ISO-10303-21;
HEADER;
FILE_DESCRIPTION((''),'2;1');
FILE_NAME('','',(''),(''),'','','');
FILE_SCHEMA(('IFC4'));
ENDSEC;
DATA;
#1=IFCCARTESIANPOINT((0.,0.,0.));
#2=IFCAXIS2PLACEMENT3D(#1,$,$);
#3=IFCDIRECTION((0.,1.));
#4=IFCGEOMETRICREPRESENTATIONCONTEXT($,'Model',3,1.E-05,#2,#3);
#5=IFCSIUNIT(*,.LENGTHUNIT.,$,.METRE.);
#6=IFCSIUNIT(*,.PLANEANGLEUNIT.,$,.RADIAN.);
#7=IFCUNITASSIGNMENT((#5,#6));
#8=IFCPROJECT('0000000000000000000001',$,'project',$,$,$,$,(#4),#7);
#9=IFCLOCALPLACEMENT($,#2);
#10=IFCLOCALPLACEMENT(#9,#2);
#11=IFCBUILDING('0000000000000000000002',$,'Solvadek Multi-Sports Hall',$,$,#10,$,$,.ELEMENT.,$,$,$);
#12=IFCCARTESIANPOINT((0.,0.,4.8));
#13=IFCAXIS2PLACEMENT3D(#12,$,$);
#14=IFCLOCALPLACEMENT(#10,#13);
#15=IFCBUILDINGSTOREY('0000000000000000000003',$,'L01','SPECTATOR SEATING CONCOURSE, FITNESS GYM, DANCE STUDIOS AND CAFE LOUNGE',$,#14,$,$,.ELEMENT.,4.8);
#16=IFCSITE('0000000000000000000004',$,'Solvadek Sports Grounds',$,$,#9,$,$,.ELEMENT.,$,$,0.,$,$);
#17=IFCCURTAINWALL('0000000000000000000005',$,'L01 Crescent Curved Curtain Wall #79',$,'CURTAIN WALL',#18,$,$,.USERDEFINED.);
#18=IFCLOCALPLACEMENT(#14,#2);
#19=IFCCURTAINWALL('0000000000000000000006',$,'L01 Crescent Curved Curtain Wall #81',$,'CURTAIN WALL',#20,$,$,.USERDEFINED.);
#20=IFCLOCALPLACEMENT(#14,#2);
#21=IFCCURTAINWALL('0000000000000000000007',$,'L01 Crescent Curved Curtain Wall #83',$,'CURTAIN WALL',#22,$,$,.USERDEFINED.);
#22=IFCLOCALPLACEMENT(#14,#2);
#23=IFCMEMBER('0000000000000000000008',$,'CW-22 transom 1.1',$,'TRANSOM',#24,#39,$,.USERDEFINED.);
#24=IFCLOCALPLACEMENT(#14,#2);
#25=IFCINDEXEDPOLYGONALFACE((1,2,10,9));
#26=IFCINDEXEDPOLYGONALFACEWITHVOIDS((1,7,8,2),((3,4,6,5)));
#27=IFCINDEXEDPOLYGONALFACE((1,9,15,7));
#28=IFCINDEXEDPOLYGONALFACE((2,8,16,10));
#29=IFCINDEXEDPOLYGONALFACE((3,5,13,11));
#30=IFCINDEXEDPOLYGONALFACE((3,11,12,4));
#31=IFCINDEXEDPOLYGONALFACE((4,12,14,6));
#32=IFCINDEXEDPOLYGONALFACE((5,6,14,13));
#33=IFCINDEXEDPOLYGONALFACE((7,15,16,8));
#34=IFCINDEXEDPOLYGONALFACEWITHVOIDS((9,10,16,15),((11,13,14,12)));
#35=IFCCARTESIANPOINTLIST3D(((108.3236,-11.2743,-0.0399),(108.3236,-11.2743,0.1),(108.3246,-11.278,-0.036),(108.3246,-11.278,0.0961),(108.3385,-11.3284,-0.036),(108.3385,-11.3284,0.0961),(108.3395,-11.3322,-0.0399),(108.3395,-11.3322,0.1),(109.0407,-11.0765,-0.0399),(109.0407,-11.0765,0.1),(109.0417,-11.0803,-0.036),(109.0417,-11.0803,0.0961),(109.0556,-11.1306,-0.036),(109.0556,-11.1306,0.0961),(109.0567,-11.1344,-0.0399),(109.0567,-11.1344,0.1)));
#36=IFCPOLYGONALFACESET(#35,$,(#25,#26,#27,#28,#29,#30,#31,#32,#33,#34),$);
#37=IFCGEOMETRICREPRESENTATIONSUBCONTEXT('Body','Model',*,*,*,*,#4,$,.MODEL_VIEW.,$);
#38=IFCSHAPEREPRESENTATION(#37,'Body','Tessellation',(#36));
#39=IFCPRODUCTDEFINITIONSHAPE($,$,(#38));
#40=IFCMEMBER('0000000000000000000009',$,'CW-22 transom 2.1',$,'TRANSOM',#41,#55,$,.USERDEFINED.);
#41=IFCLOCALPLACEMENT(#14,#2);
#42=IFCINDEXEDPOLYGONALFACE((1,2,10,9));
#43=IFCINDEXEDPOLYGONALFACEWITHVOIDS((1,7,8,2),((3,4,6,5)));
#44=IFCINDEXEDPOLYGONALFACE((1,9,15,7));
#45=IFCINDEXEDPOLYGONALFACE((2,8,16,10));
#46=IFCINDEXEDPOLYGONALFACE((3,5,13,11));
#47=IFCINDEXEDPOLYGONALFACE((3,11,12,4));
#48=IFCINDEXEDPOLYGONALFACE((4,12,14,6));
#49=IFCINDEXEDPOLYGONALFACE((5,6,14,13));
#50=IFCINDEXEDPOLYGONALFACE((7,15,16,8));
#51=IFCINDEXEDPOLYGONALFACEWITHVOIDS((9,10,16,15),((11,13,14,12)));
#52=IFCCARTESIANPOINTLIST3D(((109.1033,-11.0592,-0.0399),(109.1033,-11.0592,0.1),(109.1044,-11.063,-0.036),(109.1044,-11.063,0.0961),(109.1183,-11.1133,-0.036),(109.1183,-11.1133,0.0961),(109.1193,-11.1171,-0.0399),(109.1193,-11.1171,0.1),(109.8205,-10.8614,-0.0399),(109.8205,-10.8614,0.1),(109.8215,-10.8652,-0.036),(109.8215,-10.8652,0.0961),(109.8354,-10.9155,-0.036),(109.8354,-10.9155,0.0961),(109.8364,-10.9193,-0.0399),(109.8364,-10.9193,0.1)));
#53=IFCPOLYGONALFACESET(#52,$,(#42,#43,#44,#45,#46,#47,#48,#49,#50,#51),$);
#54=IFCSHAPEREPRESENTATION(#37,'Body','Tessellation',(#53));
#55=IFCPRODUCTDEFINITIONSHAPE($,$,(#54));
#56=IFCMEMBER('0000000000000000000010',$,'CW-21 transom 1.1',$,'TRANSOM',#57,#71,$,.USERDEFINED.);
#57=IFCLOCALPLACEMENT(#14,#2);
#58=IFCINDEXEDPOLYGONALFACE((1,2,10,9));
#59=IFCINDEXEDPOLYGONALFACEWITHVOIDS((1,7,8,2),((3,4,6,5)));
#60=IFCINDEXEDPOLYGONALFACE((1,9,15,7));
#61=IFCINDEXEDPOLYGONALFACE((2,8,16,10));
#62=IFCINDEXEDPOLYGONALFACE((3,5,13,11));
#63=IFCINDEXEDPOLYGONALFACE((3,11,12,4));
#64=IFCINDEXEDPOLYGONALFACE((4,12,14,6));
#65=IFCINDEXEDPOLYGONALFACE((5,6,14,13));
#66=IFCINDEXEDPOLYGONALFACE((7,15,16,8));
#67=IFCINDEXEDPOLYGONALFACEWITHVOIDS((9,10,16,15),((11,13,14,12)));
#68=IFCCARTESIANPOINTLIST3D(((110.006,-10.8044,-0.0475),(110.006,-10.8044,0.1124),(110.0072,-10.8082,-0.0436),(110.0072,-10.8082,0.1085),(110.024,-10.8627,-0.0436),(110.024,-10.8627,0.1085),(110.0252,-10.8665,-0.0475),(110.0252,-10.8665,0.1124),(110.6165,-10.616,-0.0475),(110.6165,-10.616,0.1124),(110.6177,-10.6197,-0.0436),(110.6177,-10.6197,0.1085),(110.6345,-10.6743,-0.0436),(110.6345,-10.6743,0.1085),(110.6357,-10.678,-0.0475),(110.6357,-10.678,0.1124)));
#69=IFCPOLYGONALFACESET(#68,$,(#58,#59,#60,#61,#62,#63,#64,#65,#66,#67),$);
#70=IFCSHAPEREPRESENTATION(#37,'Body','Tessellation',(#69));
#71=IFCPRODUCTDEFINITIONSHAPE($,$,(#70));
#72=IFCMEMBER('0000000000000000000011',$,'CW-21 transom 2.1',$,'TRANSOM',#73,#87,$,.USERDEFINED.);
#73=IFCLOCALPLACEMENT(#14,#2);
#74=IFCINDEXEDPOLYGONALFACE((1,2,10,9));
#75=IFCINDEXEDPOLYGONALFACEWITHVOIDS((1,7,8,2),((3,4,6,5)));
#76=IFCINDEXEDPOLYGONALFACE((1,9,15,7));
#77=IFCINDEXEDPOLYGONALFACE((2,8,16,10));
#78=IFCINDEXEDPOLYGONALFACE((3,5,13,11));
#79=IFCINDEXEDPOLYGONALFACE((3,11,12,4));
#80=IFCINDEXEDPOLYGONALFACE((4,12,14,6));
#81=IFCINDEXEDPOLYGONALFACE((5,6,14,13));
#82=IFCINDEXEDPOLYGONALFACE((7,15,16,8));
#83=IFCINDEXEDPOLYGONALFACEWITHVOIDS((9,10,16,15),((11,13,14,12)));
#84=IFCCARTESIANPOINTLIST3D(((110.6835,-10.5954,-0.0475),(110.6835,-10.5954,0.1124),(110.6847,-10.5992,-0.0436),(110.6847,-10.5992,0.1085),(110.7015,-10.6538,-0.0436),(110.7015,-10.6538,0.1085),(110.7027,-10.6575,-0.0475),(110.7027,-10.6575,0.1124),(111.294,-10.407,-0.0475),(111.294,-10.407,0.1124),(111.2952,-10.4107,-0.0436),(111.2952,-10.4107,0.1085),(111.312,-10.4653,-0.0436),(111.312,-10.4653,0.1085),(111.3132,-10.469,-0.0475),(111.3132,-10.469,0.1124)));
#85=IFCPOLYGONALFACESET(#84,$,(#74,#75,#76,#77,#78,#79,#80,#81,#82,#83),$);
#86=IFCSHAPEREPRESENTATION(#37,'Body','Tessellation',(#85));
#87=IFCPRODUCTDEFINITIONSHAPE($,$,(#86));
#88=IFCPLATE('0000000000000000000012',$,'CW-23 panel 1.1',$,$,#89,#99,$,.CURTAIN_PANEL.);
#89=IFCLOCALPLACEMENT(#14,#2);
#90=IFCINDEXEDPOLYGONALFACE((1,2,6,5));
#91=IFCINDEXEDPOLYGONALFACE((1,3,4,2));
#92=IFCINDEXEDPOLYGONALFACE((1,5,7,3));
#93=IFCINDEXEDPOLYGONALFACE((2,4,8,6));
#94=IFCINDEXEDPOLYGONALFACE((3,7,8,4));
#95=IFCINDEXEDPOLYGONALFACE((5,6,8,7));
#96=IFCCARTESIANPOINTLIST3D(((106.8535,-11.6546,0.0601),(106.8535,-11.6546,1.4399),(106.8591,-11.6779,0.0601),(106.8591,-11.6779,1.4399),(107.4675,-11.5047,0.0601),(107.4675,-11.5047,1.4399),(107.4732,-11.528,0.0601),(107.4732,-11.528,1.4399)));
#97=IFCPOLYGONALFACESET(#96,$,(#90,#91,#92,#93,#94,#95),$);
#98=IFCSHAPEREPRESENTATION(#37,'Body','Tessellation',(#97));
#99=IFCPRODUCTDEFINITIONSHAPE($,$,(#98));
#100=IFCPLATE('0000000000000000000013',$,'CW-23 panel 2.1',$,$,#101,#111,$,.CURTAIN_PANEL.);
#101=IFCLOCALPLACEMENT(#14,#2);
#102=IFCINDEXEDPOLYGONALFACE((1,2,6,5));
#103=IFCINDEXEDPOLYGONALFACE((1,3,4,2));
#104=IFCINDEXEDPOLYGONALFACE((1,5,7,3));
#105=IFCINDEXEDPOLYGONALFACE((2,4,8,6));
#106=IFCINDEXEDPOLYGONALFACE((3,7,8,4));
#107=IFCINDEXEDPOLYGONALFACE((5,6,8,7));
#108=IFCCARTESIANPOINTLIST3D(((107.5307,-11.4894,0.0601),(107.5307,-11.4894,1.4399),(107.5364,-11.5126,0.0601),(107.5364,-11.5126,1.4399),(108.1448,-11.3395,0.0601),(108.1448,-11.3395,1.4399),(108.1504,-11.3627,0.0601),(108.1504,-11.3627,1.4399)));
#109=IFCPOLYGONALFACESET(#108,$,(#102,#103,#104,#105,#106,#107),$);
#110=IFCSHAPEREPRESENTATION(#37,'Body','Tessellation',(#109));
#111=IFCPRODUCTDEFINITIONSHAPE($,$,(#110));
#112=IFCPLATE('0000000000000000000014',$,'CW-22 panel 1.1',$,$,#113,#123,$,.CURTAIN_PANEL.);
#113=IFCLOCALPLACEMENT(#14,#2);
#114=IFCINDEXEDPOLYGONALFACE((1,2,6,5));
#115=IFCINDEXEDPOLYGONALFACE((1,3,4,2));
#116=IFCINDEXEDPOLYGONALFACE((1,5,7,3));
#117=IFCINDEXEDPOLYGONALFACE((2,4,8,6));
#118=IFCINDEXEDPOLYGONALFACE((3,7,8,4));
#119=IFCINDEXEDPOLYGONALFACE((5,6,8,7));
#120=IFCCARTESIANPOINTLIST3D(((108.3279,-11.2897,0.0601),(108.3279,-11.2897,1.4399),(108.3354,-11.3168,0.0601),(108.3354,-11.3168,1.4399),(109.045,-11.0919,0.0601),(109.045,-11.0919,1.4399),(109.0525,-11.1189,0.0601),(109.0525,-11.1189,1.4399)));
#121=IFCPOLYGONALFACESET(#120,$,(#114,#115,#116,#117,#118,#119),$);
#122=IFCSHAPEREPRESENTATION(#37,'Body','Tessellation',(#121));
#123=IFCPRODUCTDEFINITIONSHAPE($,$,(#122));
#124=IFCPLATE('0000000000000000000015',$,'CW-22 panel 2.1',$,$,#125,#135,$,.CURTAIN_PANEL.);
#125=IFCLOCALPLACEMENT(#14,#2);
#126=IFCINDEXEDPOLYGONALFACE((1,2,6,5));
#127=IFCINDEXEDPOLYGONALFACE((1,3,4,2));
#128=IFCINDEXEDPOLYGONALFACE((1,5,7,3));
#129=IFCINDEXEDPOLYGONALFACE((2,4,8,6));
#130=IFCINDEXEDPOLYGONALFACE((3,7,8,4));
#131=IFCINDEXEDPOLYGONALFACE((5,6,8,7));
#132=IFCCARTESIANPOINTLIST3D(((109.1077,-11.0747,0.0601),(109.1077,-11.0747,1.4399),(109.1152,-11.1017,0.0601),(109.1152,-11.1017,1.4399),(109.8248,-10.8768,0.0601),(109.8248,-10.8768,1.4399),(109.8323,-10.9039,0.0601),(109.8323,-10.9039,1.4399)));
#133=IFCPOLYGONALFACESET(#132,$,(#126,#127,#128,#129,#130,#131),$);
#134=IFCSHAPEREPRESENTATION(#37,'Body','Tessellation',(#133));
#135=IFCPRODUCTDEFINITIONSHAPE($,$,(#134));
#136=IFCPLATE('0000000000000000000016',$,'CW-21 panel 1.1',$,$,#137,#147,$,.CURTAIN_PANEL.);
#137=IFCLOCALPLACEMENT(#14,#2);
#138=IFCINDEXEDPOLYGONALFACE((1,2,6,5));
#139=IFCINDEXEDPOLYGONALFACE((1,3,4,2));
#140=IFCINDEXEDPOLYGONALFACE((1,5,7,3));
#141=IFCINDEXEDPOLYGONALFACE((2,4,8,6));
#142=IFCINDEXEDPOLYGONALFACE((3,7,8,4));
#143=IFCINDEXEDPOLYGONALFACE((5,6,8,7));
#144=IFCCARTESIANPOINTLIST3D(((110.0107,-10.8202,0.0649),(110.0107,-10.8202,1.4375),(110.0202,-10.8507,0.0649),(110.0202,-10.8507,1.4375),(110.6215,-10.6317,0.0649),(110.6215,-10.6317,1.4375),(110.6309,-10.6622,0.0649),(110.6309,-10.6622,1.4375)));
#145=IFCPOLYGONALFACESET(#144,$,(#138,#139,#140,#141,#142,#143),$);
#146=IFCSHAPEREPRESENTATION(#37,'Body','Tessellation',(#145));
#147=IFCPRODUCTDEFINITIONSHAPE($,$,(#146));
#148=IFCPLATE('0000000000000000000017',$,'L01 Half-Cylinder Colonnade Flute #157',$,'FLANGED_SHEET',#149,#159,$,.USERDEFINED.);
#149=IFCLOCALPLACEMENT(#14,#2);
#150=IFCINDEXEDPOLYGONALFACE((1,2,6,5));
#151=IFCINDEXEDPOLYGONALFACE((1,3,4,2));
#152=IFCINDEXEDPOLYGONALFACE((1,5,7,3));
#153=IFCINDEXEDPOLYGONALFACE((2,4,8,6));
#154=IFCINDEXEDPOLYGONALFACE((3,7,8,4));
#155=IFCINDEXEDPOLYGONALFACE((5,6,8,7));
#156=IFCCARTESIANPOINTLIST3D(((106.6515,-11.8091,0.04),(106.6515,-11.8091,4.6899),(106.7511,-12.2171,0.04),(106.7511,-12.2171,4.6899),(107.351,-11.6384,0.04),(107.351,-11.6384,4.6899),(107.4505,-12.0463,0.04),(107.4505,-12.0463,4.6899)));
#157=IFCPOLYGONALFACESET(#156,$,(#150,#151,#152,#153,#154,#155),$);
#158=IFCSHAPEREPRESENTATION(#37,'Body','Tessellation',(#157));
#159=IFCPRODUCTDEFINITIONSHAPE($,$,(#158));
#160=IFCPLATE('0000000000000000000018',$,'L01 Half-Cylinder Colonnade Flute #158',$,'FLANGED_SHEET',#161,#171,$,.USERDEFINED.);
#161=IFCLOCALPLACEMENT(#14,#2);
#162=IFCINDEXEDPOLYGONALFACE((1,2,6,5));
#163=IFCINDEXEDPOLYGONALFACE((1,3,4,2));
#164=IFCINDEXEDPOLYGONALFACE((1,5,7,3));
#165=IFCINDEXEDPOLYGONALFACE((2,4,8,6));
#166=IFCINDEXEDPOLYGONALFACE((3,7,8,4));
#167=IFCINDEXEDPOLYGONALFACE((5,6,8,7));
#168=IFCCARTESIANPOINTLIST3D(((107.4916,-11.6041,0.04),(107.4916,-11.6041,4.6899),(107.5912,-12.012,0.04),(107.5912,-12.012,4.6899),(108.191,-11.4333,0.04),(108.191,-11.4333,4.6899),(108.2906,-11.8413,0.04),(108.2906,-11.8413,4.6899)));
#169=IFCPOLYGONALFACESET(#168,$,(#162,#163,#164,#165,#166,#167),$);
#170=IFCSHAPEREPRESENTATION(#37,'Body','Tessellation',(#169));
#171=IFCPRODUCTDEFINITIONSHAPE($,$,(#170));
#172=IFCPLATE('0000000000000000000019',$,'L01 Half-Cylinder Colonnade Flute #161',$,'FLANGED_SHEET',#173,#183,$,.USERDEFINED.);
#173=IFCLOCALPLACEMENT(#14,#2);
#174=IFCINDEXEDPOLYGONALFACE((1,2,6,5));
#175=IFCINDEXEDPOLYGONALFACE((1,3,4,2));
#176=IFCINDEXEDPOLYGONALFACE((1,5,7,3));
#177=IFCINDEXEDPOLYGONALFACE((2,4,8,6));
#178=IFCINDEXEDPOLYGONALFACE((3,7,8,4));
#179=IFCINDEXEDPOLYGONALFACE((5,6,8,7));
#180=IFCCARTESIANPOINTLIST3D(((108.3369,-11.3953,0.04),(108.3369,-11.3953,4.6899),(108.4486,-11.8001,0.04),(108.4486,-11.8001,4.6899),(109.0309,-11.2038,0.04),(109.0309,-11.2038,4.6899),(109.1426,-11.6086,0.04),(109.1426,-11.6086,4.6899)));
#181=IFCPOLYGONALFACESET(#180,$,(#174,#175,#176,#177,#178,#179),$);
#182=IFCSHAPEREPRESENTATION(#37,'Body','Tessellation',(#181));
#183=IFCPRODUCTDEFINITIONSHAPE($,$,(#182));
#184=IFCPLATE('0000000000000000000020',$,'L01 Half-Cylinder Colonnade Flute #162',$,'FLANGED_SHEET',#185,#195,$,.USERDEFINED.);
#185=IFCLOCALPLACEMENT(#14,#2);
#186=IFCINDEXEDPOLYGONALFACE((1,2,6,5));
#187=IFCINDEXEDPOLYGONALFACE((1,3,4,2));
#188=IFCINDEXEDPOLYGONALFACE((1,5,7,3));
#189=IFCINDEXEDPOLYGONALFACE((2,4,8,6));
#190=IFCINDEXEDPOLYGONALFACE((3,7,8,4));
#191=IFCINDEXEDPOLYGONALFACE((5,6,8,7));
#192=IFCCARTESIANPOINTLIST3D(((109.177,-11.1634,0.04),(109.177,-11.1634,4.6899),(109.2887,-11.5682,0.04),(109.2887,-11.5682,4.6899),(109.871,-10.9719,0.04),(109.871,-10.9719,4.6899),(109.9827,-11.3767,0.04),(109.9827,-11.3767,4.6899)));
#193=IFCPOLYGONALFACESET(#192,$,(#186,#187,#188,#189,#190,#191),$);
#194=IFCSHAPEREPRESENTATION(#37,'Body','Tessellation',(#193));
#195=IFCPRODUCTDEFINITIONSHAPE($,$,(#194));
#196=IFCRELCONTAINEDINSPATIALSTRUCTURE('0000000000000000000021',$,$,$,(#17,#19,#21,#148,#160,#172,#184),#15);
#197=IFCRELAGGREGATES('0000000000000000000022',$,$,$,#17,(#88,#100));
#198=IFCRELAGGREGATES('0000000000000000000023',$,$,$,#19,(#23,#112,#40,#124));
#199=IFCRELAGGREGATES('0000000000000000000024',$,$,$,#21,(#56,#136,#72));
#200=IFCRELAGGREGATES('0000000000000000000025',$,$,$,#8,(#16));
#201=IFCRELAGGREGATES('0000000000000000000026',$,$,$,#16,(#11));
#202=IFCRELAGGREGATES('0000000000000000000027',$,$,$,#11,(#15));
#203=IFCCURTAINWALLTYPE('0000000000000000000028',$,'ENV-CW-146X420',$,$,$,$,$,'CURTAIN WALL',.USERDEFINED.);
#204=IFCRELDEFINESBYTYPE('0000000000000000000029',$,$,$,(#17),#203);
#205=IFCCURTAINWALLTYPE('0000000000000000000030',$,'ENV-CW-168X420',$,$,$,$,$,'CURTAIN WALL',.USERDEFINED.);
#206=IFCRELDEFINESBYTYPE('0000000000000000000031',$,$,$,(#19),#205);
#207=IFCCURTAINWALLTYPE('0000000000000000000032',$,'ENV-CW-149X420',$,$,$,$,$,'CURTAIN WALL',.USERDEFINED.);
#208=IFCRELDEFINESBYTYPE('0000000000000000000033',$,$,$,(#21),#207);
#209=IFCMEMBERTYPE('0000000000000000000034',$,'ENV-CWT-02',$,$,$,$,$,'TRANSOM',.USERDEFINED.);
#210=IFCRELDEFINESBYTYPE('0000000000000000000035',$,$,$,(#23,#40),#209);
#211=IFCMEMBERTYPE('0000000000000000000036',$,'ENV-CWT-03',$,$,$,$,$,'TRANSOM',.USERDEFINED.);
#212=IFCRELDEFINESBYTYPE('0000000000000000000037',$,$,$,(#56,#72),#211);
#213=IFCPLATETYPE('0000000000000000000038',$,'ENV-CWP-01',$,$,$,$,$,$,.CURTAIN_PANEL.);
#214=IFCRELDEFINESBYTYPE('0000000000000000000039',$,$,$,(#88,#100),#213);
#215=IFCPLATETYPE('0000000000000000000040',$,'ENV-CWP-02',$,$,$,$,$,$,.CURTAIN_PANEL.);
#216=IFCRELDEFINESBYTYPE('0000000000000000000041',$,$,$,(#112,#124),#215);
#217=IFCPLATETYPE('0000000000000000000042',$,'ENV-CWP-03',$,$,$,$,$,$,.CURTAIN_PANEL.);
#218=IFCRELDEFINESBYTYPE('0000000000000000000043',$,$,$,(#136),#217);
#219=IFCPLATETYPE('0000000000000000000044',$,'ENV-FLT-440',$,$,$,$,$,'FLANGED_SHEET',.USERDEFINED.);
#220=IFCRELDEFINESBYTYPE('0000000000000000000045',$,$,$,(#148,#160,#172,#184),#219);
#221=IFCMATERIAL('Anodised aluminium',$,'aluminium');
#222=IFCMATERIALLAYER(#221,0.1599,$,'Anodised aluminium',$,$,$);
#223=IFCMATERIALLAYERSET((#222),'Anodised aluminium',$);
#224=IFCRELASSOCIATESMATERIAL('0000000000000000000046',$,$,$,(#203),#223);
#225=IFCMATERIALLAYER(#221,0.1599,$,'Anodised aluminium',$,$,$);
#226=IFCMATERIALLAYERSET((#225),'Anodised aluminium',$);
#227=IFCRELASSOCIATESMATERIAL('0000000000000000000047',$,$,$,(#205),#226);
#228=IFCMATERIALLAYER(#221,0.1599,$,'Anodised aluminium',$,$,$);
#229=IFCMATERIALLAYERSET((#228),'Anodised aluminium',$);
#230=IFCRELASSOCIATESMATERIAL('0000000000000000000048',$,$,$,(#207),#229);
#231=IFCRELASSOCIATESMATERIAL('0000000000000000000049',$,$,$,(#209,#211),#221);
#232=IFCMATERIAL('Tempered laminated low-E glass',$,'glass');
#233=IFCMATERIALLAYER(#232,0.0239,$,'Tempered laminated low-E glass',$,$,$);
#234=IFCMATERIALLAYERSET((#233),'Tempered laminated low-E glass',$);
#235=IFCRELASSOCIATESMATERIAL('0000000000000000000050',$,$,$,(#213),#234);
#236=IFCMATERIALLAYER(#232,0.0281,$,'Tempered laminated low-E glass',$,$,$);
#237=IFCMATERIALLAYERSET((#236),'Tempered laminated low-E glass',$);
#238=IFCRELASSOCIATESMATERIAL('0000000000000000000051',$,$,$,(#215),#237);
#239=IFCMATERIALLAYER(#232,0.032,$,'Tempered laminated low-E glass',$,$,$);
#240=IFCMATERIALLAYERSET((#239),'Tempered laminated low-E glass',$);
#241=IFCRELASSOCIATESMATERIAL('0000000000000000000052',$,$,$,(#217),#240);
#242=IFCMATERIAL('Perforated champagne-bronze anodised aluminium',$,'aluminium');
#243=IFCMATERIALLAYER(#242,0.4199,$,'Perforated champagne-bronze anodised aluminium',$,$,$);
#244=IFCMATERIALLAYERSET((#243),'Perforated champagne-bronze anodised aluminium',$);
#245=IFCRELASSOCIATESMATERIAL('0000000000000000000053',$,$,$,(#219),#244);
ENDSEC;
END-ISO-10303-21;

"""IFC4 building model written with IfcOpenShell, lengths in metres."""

from ifc_helpers import new_model, si_unit, direction, frame, origin, origin_2d, place, context, subcontext, project, spatial, rectangle, hollow_rectangle, extrude, material, layer, layer_set, material_profile, profile_set, type_object, element, aggregate, save


model = new_model("IFC4")

# Units and contexts
model_context = context("Model", 3, precision=1e-05, world=origin(), true_north=direction((0.0, 1.0)))
body_context = subcontext(model_context, "Body", "Model", "MODEL_VIEW")
ifc_project = project(units=[si_unit("LENGTHUNIT", "METRE"), si_unit("PLANEANGLEUNIT", "RADIAN")], contexts=[model_context])

# Site, building, storey
site_placement = place(None, origin())
site = spatial("IfcSite", under=ifc_project, at=site_placement, Name="Solvadek Sports Grounds", CompositionType="ELEMENT", RefElevation=0.0)
building_placement = place(site_placement, origin())
building = spatial("IfcBuilding", under=site, at=building_placement, Name="Solvadek Multi-Sports Hall", CompositionType="ELEMENT")
storey_placement = place(building_placement, frame((0.0, 0.0, 4.8)))
storey = spatial("IfcBuildingStorey", under=building, at=storey_placement, Name="L01", Description="SPECTATOR SEATING CONCOURSE, FITNESS GYM, DANCE STUDIOS AND CAFE LOUNGE", CompositionType="ELEMENT", Elevation=4.8)

# Curtain walls
ifc_material_1 = material(Name="Anodised aluminium", Category="aluminium")
ifc_layer_1 = layer(ifc_material_1, 0.1599, Name="Anodised aluminium")
ifc_layer_set_1 = layer_set([ifc_layer_1], Name="Anodised aluminium")
curtain_wall_type_1 = type_object("IfcCurtainWallType", Name="ENV-CW-146X420", ElementType="CURTAIN WALL", PredefinedType="USERDEFINED", material=ifc_layer_set_1)
curtain_wall_1_placement = place(storey_placement, origin())
curtain_wall_1 = element("IfcCurtainWall", 1, at=curtain_wall_1_placement, inside=storey, type_object=curtain_wall_type_1, Name="L01 Crescent Curved Curtain Wall #79", ObjectType="CURTAIN WALL", PredefinedType="USERDEFINED")
ifc_layer_2 = layer(ifc_material_1, 0.1599, Name="Anodised aluminium")
ifc_layer_set_2 = layer_set([ifc_layer_2], Name="Anodised aluminium")
curtain_wall_type_2 = type_object("IfcCurtainWallType", Name="ENV-CW-168X420", ElementType="CURTAIN WALL", PredefinedType="USERDEFINED", material=ifc_layer_set_2)
curtain_wall_2_placement = place(storey_placement, origin())
curtain_wall_2 = element("IfcCurtainWall", 2, at=curtain_wall_2_placement, inside=storey, type_object=curtain_wall_type_2, Name="L01 Crescent Curved Curtain Wall #81", ObjectType="CURTAIN WALL", PredefinedType="USERDEFINED")
ifc_layer_3 = layer(ifc_material_1, 0.1599, Name="Anodised aluminium")
ifc_layer_set_3 = layer_set([ifc_layer_3], Name="Anodised aluminium")
curtain_wall_type_3 = type_object("IfcCurtainWallType", Name="ENV-CW-149X420", ElementType="CURTAIN WALL", PredefinedType="USERDEFINED", material=ifc_layer_set_3)
curtain_wall_3_placement = place(storey_placement, origin())
curtain_wall_3 = element("IfcCurtainWall", 3, at=curtain_wall_3_placement, inside=storey, type_object=curtain_wall_type_3, Name="L01 Crescent Curved Curtain Wall #83", ObjectType="CURTAIN WALL", PredefinedType="USERDEFINED")

# Members
ifc_material_profile_1 = material_profile(ifc_material_1, hollow_rectangle(XDim=0.0601, YDim=0.1399, WallThickness=0.0039, at=origin_2d()), Name="ALU-T 140x60x4")
ifc_profile_set_1 = profile_set([ifc_material_profile_1], Name="Anodised aluminium")
member_type_1 = type_object("IfcMemberType", Name="ENV-CWT-02", ElementType="TRANSOM", PredefinedType="USERDEFINED", material=ifc_profile_set_1)
member_1_placement = place(storey_placement, frame((108.3315, -11.3032, 0.03), z_axis=(0.96401, 0.265866, 0.0), x_axis=(-0.265866, 0.96401, 0.0)))
member_1 = element("IfcMember", 4, at=member_1_placement, type_object=member_type_1, Name="CW-22 transom 1.1", ObjectType="TRANSOM", PredefinedType="USERDEFINED", context=body_context, shape_type="SweptSolid", body=[
    extrude(hollow_rectangle(XDim=0.0601, YDim=0.1399, WallThickness=0.0039, at=origin_2d()), origin(), (0.0, 0.0, 1.0), 0.7439),
])
member_2_placement = place(storey_placement, frame((109.1113, -11.0881, 0.03), z_axis=(0.96401, 0.265866, 0.0), x_axis=(-0.265866, 0.96401, 0.0)))
member_2 = element("IfcMember", 5, at=member_2_placement, type_object=member_type_1, Name="CW-22 transom 2.1", ObjectType="TRANSOM", PredefinedType="USERDEFINED", context=body_context, shape_type="SweptSolid", body=[
    extrude(hollow_rectangle(XDim=0.0601, YDim=0.1399, WallThickness=0.0039, at=origin_2d()), origin(), (0.0, 0.0, 1.0), 0.7439),
])
ifc_material_profile_2 = material_profile(ifc_material_1, hollow_rectangle(XDim=0.0649, YDim=0.1599, WallThickness=0.0039, at=origin_2d()), Name="ALU-T 160x65x4")
ifc_profile_set_2 = profile_set([ifc_material_profile_2], Name="Anodised aluminium")
member_type_2 = type_object("IfcMemberType", Name="ENV-CWT-03", ElementType="TRANSOM", PredefinedType="USERDEFINED", material=ifc_profile_set_2)
member_3_placement = place(storey_placement, frame((110.0156, -10.8354, 0.0325), z_axis=(0.955514, 0.294945, 0.0), x_axis=(-0.294945, 0.955514, 0.0)))
member_3 = element("IfcMember", 6, at=member_3_placement, type_object=member_type_2, Name="CW-21 transom 1.1", ObjectType="TRANSOM", PredefinedType="USERDEFINED", context=body_context, shape_type="SweptSolid", body=[
    extrude(hollow_rectangle(XDim=0.0649, YDim=0.1599, WallThickness=0.0039, at=origin_2d()), origin(), (0.0, 0.0, 1.0), 0.6389),
])
member_4_placement = place(storey_placement, frame((110.6931, -10.6265, 0.0325), z_axis=(0.955514, 0.294945, 0.0), x_axis=(-0.294945, 0.955514, 0.0)))
member_4 = element("IfcMember", 7, at=member_4_placement, type_object=member_type_2, Name="CW-21 transom 2.1", ObjectType="TRANSOM", PredefinedType="USERDEFINED", context=body_context, shape_type="SweptSolid", body=[
    extrude(hollow_rectangle(XDim=0.0649, YDim=0.1599, WallThickness=0.0039, at=origin_2d()), origin(), (0.0, 0.0, 1.0), 0.6389),
])

# Plates
ifc_material_2 = material(Name="Tempered laminated low-E glass", Category="glass")
ifc_layer_4 = layer(ifc_material_2, 0.0239, Name="Tempered laminated low-E glass")
ifc_layer_set_4 = layer_set([ifc_layer_4], Name="Tempered laminated low-E glass")
plate_type_1 = type_object("IfcPlateType", Name="ENV-CWP-01", PredefinedType="CURTAIN_PANEL", material=ifc_layer_set_4)
plate_1_placement = place(storey_placement, frame((107.1633, -11.5913, 0.0601), z_axis=(0.0, 0.0, 1.0), x_axis=(0.97147, 0.237163, 0.0)))
plate_1 = element("IfcPlate", 8, at=plate_1_placement, type_object=plate_type_1, Name="CW-23 panel 1.1", PredefinedType="CURTAIN_PANEL", context=body_context, shape_type="SweptSolid", body=[
    extrude(rectangle(XDim=0.6321, YDim=0.0239, at=origin_2d()), origin(), (0.0, 0.0, 1.0), 1.3799),
])
plate_2_placement = place(storey_placement, frame((107.8406, -11.426, 0.0601), z_axis=(0.0, 0.0, 1.0), x_axis=(0.97147, 0.237163, 0.0)))
plate_2 = element("IfcPlate", 9, at=plate_2_placement, type_object=plate_type_1, Name="CW-23 panel 2.1", PredefinedType="CURTAIN_PANEL", context=body_context, shape_type="SweptSolid", body=[
    extrude(rectangle(XDim=0.6321, YDim=0.0239, at=origin_2d()), origin(), (0.0, 0.0, 1.0), 1.3799),
])
aggregate(curtain_wall_1, [plate_1, plate_2])
ifc_layer_5 = layer(ifc_material_2, 0.0281, Name="Tempered laminated low-E glass")
ifc_layer_set_5 = layer_set([ifc_layer_5], Name="Tempered laminated low-E glass")
plate_type_2 = type_object("IfcPlateType", Name="ENV-CWP-02", PredefinedType="CURTAIN_PANEL", material=ifc_layer_set_5)
plate_3_placement = place(storey_placement, frame((108.6902, -11.2043, 0.0601), z_axis=(0.0, 0.0, 1.0), x_axis=(0.963978, 0.265982, 0.0)))
plate_3 = element("IfcPlate", 10, at=plate_3_placement, type_object=plate_type_2, Name="CW-22 panel 1.1", PredefinedType="CURTAIN_PANEL", context=body_context, shape_type="SweptSolid", body=[
    extrude(rectangle(XDim=0.7439, YDim=0.0281, at=origin_2d()), origin(), (0.0, 0.0, 1.0), 1.3799),
])
plate_4_placement = place(storey_placement, frame((109.47, -10.9893, 0.0601), z_axis=(0.0, 0.0, 1.0), x_axis=(0.963978, 0.265982, 0.0)))
plate_4 = element("IfcPlate", 11, at=plate_4_placement, type_object=plate_type_2, Name="CW-22 panel 2.1", PredefinedType="CURTAIN_PANEL", context=body_context, shape_type="SweptSolid", body=[
    extrude(rectangle(XDim=0.7439, YDim=0.0281, at=origin_2d()), origin(), (0.0, 0.0, 1.0), 1.3799),
])
aggregate(curtain_wall_2, [member_1, plate_3, member_2, plate_4])
ifc_layer_6 = layer(ifc_material_2, 0.032, Name="Tempered laminated low-E glass")
ifc_layer_set_6 = layer_set([ifc_layer_6], Name="Tempered laminated low-E glass")
plate_type_3 = type_object("IfcPlateType", Name="ENV-CWP-03", PredefinedType="CURTAIN_PANEL", material=ifc_layer_set_6)
plate_5_placement = place(storey_placement, frame((110.3208, -10.7412, 0.0649), z_axis=(0.0, 0.0, 1.0), x_axis=(0.955521, 0.294922, 0.0)))
plate_5 = element("IfcPlate", 12, at=plate_5_placement, type_object=plate_type_3, Name="CW-21 panel 1.1", PredefinedType="CURTAIN_PANEL", context=body_context, shape_type="SweptSolid", body=[
    extrude(rectangle(XDim=0.6392, YDim=0.032, at=origin_2d()), origin(), (0.0, 0.0, 1.0), 1.3726),
])
aggregate(curtain_wall_3, [member_3, plate_5, member_4])

# Plates
ifc_material_3 = material(Name="Perforated champagne-bronze anodised aluminium", Category="aluminium")
ifc_layer_7 = layer(ifc_material_3, 0.4199, Name="Perforated champagne-bronze anodised aluminium")
ifc_layer_set_7 = layer_set([ifc_layer_7], Name="Perforated champagne-bronze anodised aluminium")
plate_type_4 = type_object("IfcPlateType", Name="ENV-FLT-440", ElementType="FLANGED_SHEET", PredefinedType="USERDEFINED", material=ifc_layer_set_7)
for number, where, z_axis, x_axis, name in (
    (13, (107.051, -11.9277, 0.04), (0.0, 0.0, 1.0), (0.971475, 0.237144, 0.0), "L01 Half-Cylinder Colonnade Flute #157"),
    (14, (107.8911, -11.7227, 0.04), (0.0, 0.0, 1.0), (0.971475, 0.237144, 0.0), "L01 Half-Cylinder Colonnade Flute #158"),
    (15, (108.7397, -11.502, 0.04), (0.0, 0.0, 1.0), (0.96397, 0.26601, 0.0), "L01 Half-Cylinder Colonnade Flute #161"),
    (16, (109.5798, -11.27, 0.04), (0.0, 0.0, 1.0), (0.96397, 0.26601, 0.0), "L01 Half-Cylinder Colonnade Flute #162"),
):
    element("IfcPlate", number, at=place(storey_placement, frame(where, z_axis=z_axis, x_axis=x_axis)), inside=storey, type_object=plate_type_4, Name=name, ObjectType="FLANGED_SHEET", PredefinedType="USERDEFINED", context=body_context, shape_type="SweptSolid", body=[
        extrude(rectangle(XDim=0.72, YDim=0.4199, at=origin_2d()), origin(), (0.0, 0.0, 1.0), 4.6499),
    ])

save(model, "model.ifc")
